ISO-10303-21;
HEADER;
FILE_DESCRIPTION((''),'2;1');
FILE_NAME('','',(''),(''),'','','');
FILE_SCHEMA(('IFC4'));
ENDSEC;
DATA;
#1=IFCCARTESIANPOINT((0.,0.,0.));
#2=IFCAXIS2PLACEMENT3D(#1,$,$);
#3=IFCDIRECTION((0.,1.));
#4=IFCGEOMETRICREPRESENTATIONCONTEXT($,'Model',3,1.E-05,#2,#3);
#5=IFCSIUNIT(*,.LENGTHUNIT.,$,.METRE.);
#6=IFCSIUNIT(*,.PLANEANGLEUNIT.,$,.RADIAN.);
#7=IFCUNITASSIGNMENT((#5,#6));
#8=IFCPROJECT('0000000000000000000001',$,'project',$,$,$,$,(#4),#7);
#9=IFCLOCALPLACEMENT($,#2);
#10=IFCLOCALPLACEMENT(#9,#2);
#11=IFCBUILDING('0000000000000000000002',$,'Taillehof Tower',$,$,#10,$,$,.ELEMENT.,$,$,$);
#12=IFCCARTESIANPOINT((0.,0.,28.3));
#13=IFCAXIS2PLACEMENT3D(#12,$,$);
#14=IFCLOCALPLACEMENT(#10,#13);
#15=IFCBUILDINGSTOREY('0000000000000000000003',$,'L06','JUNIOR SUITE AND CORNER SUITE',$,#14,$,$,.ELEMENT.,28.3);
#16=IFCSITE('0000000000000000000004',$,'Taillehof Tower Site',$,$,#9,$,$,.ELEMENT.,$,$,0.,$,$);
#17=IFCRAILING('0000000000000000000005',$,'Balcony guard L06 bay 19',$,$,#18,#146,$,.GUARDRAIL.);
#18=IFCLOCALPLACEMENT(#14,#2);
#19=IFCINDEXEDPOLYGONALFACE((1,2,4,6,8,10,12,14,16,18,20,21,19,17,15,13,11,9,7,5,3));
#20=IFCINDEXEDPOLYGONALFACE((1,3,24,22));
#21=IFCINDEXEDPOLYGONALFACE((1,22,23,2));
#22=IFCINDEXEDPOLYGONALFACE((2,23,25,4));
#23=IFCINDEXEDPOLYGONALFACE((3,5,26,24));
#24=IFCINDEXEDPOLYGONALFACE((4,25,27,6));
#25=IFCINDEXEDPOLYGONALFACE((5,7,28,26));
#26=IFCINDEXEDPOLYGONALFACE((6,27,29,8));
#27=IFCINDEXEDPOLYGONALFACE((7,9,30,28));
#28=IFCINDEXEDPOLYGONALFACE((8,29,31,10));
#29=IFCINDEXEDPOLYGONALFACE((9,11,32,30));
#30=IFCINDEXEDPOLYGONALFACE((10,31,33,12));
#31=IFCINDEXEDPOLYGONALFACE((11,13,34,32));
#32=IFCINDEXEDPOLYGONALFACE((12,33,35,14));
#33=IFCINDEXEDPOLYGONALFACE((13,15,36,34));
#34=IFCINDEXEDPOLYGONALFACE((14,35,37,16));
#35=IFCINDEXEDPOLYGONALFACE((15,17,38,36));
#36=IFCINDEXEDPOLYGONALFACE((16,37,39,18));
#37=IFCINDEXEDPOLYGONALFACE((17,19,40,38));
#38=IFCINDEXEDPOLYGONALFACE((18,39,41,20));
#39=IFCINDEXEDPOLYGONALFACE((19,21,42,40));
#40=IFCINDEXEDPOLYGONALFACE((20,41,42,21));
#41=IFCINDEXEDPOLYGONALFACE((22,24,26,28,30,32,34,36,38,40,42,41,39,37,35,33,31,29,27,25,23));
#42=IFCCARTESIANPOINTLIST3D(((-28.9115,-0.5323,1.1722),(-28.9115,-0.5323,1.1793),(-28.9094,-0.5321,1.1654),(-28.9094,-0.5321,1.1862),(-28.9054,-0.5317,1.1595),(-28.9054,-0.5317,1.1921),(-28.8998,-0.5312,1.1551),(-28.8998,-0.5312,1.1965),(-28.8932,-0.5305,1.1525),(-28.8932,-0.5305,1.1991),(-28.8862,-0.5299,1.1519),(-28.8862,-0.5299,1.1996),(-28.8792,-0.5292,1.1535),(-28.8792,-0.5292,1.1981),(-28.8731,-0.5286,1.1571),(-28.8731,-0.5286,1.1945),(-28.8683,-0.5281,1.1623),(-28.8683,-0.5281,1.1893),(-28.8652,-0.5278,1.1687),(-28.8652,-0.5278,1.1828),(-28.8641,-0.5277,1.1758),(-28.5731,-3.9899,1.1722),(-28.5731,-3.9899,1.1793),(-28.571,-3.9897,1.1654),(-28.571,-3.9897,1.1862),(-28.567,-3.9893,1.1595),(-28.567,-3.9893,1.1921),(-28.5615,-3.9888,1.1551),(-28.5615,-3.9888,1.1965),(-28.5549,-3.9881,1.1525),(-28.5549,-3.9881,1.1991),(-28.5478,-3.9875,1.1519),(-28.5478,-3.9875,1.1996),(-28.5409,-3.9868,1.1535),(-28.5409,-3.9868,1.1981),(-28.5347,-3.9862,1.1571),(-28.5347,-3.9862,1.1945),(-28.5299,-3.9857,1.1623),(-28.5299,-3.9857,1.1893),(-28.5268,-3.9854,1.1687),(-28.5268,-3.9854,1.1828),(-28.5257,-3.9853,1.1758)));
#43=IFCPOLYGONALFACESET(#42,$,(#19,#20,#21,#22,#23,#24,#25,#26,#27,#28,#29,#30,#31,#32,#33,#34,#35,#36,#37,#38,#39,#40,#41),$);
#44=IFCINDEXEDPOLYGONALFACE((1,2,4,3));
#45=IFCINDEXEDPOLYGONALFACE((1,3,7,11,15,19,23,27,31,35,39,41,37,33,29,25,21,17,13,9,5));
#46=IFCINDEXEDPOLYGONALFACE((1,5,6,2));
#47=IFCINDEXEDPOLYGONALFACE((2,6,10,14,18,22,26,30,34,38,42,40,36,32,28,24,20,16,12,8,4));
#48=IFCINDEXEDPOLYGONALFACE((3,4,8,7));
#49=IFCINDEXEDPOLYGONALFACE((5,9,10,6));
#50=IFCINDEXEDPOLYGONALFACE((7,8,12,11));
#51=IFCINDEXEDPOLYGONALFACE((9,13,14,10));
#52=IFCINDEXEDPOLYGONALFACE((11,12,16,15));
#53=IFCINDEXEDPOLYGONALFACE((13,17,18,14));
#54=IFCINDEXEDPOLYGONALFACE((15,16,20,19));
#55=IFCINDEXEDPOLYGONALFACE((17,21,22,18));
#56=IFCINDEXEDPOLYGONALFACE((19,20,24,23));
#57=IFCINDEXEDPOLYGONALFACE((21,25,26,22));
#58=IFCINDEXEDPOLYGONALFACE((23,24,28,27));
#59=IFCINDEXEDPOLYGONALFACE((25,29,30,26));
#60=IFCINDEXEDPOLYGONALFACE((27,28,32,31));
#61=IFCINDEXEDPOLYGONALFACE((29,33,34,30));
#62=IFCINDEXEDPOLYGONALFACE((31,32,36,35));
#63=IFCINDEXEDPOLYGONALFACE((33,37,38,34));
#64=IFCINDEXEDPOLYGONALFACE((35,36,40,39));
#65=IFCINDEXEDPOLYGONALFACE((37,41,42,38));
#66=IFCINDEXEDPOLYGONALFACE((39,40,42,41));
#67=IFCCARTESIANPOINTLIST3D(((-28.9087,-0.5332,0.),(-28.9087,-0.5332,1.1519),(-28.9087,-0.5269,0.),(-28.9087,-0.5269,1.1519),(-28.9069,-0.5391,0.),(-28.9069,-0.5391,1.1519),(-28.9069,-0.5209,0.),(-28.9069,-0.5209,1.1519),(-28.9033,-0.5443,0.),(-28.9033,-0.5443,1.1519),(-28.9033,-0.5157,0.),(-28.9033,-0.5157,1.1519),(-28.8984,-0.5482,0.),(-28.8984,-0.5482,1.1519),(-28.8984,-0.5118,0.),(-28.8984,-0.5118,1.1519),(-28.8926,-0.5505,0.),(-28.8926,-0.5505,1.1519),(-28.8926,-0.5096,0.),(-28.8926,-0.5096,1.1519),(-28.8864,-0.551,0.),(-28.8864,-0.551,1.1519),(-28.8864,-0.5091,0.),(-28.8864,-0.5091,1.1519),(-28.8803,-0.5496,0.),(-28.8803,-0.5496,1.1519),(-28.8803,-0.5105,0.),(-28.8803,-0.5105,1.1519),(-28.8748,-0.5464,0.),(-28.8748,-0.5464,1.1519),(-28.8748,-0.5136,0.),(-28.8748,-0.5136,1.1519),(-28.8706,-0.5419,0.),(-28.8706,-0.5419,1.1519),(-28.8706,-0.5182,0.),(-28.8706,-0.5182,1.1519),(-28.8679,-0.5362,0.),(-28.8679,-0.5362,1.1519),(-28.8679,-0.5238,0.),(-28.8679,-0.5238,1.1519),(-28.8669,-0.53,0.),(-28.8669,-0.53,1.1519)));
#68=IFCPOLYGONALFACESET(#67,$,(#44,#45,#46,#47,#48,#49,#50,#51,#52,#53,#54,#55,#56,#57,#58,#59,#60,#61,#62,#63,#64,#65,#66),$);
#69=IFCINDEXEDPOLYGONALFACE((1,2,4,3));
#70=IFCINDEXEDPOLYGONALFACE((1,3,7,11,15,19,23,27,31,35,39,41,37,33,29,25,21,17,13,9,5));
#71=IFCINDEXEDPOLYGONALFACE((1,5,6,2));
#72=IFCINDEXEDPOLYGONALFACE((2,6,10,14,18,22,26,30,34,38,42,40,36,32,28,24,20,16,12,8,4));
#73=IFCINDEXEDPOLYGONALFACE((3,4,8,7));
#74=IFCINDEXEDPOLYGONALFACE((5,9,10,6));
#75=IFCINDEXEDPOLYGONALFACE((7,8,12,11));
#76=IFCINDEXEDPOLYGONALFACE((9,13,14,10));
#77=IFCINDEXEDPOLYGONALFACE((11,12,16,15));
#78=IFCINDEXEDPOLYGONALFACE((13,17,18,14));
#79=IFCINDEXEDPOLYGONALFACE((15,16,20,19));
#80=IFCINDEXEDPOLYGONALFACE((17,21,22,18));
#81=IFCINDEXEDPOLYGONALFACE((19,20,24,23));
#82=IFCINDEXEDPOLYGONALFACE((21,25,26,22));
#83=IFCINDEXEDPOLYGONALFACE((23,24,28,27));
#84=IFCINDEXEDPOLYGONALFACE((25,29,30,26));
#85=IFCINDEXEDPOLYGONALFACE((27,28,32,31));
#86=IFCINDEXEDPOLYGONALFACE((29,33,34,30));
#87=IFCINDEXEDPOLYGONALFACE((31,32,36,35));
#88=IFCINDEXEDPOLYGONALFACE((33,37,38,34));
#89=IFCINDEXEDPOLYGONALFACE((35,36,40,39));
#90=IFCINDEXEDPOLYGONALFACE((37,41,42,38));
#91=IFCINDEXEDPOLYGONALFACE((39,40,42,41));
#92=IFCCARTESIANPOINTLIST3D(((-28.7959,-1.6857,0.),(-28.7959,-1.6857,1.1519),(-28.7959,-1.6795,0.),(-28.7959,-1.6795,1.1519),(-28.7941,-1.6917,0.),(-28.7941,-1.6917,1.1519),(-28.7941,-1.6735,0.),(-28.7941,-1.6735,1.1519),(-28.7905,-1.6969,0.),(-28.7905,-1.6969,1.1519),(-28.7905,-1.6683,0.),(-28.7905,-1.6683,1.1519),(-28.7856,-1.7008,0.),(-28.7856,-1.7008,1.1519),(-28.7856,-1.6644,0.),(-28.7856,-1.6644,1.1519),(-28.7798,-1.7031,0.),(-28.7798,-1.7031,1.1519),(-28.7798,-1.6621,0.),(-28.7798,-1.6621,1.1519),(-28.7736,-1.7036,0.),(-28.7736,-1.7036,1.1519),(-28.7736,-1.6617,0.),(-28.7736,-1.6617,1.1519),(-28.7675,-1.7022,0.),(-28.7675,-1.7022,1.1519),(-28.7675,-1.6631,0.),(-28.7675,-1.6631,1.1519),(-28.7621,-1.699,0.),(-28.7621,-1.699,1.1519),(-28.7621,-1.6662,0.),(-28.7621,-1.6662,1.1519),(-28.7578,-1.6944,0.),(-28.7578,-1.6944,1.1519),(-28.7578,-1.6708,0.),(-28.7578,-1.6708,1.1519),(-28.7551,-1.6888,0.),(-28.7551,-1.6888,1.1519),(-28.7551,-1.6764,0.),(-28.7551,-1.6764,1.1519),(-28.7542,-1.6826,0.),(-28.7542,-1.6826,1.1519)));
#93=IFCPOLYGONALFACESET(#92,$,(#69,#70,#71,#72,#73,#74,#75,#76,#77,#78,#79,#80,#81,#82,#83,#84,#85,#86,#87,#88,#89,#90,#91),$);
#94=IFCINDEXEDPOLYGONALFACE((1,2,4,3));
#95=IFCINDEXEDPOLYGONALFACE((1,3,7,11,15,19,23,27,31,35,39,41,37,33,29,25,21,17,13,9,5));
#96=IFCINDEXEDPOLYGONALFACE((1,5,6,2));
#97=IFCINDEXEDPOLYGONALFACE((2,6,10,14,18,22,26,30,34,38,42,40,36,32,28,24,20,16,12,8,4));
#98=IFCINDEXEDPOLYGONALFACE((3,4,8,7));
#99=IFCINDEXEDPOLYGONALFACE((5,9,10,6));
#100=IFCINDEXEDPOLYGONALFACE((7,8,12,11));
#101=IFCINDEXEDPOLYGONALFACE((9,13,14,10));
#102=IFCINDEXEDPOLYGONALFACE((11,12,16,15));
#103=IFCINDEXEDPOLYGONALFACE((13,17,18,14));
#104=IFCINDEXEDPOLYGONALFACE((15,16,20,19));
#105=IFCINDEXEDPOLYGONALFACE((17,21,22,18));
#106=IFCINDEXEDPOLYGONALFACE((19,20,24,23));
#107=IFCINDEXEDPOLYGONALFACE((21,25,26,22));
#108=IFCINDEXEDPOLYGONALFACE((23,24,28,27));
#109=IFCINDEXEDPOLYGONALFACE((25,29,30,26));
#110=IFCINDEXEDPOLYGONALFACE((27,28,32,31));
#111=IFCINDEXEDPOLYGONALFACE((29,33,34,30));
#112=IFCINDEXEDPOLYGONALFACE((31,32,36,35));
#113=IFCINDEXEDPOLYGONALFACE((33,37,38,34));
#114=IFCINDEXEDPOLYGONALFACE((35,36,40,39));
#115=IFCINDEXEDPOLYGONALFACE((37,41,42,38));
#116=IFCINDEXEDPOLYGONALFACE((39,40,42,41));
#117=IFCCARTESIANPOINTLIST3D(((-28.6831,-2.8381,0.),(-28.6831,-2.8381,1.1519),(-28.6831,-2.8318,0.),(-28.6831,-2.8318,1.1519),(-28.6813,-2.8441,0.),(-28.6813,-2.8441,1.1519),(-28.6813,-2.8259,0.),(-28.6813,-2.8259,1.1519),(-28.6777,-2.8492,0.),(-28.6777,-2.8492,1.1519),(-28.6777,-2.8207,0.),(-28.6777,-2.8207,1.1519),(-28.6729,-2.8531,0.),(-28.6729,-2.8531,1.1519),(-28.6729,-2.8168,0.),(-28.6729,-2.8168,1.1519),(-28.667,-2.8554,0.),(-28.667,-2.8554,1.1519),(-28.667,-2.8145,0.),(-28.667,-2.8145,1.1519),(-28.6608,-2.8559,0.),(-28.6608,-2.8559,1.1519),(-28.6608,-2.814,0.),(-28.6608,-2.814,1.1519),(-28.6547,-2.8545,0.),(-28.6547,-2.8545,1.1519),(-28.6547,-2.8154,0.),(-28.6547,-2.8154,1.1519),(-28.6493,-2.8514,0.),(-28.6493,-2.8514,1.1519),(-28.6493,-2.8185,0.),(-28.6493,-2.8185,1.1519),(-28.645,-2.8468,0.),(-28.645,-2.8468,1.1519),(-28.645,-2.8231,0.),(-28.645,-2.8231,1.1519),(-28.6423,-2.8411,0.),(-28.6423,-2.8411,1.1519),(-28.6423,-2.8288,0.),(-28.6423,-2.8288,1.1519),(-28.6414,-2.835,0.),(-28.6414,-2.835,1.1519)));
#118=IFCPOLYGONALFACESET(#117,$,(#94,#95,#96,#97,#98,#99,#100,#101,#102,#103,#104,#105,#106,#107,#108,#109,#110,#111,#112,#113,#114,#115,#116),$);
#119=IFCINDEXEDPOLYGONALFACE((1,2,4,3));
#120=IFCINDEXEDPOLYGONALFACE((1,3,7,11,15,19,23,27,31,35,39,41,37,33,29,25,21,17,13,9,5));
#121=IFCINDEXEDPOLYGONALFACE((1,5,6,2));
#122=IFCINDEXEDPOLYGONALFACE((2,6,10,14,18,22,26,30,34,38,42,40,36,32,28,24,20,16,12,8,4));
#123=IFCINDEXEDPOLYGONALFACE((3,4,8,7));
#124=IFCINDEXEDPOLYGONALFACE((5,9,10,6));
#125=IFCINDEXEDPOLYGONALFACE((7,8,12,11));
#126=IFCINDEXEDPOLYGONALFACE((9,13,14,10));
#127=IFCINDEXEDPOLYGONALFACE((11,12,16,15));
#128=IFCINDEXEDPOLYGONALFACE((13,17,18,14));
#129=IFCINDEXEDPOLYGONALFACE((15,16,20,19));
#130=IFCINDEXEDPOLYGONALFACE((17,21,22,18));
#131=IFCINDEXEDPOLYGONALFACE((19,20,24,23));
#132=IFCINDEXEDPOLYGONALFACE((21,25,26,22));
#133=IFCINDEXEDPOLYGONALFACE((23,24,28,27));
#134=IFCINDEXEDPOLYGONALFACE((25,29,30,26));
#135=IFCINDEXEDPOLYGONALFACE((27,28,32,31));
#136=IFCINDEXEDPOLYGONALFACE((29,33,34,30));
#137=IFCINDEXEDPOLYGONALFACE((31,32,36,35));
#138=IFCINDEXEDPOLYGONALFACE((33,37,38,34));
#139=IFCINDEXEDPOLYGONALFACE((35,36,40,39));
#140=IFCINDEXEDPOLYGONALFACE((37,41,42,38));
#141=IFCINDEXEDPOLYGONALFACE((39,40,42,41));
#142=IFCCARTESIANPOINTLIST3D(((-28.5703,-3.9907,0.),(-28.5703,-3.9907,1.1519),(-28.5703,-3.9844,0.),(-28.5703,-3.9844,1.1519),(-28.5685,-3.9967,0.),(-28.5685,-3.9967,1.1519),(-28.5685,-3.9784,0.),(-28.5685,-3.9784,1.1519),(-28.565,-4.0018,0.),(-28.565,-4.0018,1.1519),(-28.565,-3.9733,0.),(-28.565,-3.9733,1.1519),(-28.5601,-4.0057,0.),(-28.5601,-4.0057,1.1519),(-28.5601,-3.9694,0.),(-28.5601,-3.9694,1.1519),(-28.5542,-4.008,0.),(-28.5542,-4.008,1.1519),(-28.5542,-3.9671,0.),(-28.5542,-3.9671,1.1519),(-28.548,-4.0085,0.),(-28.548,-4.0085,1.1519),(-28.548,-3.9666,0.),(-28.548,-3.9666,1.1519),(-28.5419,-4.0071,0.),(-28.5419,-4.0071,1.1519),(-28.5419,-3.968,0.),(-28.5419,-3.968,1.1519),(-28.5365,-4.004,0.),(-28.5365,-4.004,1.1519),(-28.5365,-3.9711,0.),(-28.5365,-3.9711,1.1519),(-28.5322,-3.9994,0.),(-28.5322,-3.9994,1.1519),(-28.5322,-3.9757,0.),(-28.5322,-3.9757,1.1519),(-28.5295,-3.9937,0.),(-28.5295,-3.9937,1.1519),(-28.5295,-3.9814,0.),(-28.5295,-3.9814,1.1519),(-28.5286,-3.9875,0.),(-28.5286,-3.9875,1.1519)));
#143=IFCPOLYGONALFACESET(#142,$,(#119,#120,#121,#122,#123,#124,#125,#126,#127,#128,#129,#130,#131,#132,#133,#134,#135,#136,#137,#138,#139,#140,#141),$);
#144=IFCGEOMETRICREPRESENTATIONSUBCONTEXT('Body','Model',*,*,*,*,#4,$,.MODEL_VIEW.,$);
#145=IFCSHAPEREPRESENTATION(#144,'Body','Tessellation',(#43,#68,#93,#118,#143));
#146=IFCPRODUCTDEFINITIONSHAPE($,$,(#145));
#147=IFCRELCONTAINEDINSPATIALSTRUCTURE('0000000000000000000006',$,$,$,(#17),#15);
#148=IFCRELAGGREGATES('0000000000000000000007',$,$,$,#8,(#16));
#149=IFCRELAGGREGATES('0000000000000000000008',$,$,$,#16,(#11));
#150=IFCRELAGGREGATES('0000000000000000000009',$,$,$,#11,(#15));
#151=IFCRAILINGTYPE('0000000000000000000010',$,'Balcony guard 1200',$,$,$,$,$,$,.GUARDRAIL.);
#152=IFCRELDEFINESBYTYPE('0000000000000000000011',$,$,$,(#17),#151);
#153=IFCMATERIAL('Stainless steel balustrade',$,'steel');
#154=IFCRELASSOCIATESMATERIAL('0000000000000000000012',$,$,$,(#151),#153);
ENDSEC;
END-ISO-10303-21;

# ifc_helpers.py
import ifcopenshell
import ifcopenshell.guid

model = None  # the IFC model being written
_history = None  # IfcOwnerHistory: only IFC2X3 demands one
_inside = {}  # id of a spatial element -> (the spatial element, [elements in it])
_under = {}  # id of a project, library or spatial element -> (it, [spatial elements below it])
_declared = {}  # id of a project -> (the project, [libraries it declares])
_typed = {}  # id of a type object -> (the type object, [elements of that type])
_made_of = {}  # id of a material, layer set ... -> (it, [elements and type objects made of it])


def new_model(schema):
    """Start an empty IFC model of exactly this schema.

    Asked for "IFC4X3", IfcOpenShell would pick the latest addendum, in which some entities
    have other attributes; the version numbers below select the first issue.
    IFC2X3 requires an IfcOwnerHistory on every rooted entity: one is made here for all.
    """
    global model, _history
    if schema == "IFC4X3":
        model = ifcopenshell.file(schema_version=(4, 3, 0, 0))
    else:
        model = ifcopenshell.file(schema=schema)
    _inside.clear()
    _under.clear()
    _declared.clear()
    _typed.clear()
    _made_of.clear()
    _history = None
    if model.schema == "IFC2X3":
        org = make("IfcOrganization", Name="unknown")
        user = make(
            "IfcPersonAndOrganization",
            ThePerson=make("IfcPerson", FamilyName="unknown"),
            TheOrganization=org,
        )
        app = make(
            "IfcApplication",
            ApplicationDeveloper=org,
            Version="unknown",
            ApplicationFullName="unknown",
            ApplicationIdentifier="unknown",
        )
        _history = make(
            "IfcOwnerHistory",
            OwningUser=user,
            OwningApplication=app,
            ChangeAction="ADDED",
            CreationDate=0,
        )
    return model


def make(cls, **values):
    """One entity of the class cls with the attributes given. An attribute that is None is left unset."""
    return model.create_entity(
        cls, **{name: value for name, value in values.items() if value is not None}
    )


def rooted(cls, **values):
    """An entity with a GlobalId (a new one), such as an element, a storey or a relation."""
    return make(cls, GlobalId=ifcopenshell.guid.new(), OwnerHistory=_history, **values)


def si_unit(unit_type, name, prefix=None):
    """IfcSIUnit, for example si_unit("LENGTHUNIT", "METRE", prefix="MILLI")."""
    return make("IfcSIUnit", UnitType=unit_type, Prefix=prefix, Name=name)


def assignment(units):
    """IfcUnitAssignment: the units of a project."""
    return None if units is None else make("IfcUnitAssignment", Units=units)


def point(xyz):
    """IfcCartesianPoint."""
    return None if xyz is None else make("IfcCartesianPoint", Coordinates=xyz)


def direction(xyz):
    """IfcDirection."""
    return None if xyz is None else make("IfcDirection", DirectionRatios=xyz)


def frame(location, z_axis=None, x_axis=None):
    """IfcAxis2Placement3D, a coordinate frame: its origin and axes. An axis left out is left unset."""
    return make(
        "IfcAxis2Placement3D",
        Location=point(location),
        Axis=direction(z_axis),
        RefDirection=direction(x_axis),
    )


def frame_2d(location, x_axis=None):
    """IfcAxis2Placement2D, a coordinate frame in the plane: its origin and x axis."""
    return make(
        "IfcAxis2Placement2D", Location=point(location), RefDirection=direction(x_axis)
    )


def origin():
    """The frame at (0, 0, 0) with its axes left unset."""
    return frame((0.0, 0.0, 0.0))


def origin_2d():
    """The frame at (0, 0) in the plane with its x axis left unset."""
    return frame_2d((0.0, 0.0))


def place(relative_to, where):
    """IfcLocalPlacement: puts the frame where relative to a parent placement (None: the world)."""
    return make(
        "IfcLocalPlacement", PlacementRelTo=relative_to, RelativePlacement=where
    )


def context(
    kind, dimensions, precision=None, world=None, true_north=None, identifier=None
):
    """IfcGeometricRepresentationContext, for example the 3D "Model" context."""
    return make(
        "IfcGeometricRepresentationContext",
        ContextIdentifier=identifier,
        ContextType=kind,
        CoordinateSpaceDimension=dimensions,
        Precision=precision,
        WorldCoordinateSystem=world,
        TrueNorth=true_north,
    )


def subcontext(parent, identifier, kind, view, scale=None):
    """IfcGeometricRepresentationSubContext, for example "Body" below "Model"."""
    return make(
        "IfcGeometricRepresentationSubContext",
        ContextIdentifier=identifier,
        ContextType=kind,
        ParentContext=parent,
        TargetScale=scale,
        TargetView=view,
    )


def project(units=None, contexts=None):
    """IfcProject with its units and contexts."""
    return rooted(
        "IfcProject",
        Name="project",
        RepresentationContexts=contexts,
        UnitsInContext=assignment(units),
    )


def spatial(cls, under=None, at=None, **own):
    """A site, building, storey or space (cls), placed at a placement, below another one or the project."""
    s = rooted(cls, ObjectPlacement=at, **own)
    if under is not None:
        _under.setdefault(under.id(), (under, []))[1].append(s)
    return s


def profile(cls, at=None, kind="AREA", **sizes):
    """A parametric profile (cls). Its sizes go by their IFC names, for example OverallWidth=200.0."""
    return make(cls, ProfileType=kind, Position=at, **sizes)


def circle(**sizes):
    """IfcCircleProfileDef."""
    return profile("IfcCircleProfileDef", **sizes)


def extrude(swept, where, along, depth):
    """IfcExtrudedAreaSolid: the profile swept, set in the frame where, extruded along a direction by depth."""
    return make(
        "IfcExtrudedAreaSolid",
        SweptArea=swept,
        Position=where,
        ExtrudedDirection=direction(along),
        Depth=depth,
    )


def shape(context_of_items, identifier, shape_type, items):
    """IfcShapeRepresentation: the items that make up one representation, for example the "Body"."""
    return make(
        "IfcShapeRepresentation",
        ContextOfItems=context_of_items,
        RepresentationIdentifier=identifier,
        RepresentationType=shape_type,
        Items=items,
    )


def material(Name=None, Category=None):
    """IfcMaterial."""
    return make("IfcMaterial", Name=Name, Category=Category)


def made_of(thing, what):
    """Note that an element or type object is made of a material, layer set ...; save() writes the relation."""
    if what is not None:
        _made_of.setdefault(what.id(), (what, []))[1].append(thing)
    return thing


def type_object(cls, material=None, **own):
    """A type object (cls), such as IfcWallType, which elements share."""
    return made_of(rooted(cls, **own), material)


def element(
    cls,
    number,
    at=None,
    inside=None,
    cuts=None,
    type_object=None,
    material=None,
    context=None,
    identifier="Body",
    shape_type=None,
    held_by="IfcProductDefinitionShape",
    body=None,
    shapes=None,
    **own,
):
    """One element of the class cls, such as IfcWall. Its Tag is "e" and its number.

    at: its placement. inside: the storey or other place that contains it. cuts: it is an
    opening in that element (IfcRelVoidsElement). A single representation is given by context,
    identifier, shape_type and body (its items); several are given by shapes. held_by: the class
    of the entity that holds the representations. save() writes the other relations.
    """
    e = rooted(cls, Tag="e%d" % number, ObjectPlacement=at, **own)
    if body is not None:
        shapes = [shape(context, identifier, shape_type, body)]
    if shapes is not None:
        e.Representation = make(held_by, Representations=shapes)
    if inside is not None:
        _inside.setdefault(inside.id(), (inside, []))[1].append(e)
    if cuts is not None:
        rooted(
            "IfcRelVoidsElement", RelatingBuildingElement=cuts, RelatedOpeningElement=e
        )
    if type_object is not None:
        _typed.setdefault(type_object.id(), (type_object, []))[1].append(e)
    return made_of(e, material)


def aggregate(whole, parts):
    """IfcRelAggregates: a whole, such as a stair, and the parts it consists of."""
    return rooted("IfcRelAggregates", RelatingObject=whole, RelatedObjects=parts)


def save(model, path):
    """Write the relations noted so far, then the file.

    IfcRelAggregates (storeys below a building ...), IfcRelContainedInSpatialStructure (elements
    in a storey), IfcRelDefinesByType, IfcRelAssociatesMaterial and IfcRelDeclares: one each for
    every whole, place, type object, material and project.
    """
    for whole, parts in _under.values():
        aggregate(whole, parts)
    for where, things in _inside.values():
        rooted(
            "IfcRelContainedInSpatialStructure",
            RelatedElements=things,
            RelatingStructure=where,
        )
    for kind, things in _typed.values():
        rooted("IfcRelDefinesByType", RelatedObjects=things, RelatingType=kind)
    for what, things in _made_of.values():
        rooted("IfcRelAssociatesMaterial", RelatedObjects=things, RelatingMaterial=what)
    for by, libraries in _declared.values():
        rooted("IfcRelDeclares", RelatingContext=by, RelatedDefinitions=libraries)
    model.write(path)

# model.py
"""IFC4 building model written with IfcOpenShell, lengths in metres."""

from ifc_helpers import new_model, si_unit, direction, frame, origin, origin_2d, place, context, subcontext, project, spatial, circle, extrude, material, type_object, element, save


model = new_model("IFC4")

# Units and contexts
model_context = context("Model", 3, precision=1e-05, world=origin(), true_north=direction((0.0, 1.0)))
body_context = subcontext(model_context, "Body", "Model", "MODEL_VIEW")
ifc_project = project(units=[si_unit("LENGTHUNIT", "METRE"), si_unit("PLANEANGLEUNIT", "RADIAN")], contexts=[model_context])

# Site, building, storey
site_placement = place(None, origin())
site = spatial("IfcSite", under=ifc_project, at=site_placement, Name="Taillehof Tower Site", CompositionType="ELEMENT", RefElevation=0.0)
building_placement = place(site_placement, origin())
building = spatial("IfcBuilding", under=site, at=building_placement, Name="Taillehof Tower", CompositionType="ELEMENT")
storey_placement = place(building_placement, frame((0.0, 0.0, 28.3)))
storey = spatial("IfcBuildingStorey", under=building, at=storey_placement, Name="L06", Description="JUNIOR SUITE AND CORNER SUITE", CompositionType="ELEMENT", Elevation=28.3)

# Railing
ifc_material_1 = material(Name="Stainless steel balustrade", Category="steel")
railing_type = type_object("IfcRailingType", Name="Balcony guard 1200", PredefinedType="GUARDRAIL", material=ifc_material_1)
railing_1_placement = place(storey_placement, frame((-28.8879, -0.53, 0.0)))
element("IfcRailing", 1, at=railing_1_placement, inside=storey, type_object=railing_type, Name="Balcony guard L06 bay 19", PredefinedType="GUARDRAIL", context=body_context, shape_type="SweptSolid", body=[
    extrude(circle(Radius=0.0239, at=origin_2d()), frame((0.0, 0.0, 1.1758), z_axis=(0.097402, -0.995245, 0.0), x_axis=(0.995245, 0.097402, 0.0)), (0.0, 0.0, 1.0), 3.4741),
    extrude(circle(Radius=0.021, at=origin_2d()), origin(), (0.0, 0.0, 1.0), 1.1519),
    extrude(circle(Radius=0.021, at=origin_2d()), frame((0.1128, -1.1526, 0.0)), (0.0, 0.0, 1.0), 1.1519),
    extrude(circle(Radius=0.021, at=origin_2d()), frame((0.2256, -2.3049, 0.0)), (0.0, 0.0, 1.0), 1.1519),
    extrude(circle(Radius=0.021, at=origin_2d()), frame((0.3384, -3.4575, 0.0)), (0.0, 0.0, 1.0), 1.1519),
])

save(model, "model.ifc")
